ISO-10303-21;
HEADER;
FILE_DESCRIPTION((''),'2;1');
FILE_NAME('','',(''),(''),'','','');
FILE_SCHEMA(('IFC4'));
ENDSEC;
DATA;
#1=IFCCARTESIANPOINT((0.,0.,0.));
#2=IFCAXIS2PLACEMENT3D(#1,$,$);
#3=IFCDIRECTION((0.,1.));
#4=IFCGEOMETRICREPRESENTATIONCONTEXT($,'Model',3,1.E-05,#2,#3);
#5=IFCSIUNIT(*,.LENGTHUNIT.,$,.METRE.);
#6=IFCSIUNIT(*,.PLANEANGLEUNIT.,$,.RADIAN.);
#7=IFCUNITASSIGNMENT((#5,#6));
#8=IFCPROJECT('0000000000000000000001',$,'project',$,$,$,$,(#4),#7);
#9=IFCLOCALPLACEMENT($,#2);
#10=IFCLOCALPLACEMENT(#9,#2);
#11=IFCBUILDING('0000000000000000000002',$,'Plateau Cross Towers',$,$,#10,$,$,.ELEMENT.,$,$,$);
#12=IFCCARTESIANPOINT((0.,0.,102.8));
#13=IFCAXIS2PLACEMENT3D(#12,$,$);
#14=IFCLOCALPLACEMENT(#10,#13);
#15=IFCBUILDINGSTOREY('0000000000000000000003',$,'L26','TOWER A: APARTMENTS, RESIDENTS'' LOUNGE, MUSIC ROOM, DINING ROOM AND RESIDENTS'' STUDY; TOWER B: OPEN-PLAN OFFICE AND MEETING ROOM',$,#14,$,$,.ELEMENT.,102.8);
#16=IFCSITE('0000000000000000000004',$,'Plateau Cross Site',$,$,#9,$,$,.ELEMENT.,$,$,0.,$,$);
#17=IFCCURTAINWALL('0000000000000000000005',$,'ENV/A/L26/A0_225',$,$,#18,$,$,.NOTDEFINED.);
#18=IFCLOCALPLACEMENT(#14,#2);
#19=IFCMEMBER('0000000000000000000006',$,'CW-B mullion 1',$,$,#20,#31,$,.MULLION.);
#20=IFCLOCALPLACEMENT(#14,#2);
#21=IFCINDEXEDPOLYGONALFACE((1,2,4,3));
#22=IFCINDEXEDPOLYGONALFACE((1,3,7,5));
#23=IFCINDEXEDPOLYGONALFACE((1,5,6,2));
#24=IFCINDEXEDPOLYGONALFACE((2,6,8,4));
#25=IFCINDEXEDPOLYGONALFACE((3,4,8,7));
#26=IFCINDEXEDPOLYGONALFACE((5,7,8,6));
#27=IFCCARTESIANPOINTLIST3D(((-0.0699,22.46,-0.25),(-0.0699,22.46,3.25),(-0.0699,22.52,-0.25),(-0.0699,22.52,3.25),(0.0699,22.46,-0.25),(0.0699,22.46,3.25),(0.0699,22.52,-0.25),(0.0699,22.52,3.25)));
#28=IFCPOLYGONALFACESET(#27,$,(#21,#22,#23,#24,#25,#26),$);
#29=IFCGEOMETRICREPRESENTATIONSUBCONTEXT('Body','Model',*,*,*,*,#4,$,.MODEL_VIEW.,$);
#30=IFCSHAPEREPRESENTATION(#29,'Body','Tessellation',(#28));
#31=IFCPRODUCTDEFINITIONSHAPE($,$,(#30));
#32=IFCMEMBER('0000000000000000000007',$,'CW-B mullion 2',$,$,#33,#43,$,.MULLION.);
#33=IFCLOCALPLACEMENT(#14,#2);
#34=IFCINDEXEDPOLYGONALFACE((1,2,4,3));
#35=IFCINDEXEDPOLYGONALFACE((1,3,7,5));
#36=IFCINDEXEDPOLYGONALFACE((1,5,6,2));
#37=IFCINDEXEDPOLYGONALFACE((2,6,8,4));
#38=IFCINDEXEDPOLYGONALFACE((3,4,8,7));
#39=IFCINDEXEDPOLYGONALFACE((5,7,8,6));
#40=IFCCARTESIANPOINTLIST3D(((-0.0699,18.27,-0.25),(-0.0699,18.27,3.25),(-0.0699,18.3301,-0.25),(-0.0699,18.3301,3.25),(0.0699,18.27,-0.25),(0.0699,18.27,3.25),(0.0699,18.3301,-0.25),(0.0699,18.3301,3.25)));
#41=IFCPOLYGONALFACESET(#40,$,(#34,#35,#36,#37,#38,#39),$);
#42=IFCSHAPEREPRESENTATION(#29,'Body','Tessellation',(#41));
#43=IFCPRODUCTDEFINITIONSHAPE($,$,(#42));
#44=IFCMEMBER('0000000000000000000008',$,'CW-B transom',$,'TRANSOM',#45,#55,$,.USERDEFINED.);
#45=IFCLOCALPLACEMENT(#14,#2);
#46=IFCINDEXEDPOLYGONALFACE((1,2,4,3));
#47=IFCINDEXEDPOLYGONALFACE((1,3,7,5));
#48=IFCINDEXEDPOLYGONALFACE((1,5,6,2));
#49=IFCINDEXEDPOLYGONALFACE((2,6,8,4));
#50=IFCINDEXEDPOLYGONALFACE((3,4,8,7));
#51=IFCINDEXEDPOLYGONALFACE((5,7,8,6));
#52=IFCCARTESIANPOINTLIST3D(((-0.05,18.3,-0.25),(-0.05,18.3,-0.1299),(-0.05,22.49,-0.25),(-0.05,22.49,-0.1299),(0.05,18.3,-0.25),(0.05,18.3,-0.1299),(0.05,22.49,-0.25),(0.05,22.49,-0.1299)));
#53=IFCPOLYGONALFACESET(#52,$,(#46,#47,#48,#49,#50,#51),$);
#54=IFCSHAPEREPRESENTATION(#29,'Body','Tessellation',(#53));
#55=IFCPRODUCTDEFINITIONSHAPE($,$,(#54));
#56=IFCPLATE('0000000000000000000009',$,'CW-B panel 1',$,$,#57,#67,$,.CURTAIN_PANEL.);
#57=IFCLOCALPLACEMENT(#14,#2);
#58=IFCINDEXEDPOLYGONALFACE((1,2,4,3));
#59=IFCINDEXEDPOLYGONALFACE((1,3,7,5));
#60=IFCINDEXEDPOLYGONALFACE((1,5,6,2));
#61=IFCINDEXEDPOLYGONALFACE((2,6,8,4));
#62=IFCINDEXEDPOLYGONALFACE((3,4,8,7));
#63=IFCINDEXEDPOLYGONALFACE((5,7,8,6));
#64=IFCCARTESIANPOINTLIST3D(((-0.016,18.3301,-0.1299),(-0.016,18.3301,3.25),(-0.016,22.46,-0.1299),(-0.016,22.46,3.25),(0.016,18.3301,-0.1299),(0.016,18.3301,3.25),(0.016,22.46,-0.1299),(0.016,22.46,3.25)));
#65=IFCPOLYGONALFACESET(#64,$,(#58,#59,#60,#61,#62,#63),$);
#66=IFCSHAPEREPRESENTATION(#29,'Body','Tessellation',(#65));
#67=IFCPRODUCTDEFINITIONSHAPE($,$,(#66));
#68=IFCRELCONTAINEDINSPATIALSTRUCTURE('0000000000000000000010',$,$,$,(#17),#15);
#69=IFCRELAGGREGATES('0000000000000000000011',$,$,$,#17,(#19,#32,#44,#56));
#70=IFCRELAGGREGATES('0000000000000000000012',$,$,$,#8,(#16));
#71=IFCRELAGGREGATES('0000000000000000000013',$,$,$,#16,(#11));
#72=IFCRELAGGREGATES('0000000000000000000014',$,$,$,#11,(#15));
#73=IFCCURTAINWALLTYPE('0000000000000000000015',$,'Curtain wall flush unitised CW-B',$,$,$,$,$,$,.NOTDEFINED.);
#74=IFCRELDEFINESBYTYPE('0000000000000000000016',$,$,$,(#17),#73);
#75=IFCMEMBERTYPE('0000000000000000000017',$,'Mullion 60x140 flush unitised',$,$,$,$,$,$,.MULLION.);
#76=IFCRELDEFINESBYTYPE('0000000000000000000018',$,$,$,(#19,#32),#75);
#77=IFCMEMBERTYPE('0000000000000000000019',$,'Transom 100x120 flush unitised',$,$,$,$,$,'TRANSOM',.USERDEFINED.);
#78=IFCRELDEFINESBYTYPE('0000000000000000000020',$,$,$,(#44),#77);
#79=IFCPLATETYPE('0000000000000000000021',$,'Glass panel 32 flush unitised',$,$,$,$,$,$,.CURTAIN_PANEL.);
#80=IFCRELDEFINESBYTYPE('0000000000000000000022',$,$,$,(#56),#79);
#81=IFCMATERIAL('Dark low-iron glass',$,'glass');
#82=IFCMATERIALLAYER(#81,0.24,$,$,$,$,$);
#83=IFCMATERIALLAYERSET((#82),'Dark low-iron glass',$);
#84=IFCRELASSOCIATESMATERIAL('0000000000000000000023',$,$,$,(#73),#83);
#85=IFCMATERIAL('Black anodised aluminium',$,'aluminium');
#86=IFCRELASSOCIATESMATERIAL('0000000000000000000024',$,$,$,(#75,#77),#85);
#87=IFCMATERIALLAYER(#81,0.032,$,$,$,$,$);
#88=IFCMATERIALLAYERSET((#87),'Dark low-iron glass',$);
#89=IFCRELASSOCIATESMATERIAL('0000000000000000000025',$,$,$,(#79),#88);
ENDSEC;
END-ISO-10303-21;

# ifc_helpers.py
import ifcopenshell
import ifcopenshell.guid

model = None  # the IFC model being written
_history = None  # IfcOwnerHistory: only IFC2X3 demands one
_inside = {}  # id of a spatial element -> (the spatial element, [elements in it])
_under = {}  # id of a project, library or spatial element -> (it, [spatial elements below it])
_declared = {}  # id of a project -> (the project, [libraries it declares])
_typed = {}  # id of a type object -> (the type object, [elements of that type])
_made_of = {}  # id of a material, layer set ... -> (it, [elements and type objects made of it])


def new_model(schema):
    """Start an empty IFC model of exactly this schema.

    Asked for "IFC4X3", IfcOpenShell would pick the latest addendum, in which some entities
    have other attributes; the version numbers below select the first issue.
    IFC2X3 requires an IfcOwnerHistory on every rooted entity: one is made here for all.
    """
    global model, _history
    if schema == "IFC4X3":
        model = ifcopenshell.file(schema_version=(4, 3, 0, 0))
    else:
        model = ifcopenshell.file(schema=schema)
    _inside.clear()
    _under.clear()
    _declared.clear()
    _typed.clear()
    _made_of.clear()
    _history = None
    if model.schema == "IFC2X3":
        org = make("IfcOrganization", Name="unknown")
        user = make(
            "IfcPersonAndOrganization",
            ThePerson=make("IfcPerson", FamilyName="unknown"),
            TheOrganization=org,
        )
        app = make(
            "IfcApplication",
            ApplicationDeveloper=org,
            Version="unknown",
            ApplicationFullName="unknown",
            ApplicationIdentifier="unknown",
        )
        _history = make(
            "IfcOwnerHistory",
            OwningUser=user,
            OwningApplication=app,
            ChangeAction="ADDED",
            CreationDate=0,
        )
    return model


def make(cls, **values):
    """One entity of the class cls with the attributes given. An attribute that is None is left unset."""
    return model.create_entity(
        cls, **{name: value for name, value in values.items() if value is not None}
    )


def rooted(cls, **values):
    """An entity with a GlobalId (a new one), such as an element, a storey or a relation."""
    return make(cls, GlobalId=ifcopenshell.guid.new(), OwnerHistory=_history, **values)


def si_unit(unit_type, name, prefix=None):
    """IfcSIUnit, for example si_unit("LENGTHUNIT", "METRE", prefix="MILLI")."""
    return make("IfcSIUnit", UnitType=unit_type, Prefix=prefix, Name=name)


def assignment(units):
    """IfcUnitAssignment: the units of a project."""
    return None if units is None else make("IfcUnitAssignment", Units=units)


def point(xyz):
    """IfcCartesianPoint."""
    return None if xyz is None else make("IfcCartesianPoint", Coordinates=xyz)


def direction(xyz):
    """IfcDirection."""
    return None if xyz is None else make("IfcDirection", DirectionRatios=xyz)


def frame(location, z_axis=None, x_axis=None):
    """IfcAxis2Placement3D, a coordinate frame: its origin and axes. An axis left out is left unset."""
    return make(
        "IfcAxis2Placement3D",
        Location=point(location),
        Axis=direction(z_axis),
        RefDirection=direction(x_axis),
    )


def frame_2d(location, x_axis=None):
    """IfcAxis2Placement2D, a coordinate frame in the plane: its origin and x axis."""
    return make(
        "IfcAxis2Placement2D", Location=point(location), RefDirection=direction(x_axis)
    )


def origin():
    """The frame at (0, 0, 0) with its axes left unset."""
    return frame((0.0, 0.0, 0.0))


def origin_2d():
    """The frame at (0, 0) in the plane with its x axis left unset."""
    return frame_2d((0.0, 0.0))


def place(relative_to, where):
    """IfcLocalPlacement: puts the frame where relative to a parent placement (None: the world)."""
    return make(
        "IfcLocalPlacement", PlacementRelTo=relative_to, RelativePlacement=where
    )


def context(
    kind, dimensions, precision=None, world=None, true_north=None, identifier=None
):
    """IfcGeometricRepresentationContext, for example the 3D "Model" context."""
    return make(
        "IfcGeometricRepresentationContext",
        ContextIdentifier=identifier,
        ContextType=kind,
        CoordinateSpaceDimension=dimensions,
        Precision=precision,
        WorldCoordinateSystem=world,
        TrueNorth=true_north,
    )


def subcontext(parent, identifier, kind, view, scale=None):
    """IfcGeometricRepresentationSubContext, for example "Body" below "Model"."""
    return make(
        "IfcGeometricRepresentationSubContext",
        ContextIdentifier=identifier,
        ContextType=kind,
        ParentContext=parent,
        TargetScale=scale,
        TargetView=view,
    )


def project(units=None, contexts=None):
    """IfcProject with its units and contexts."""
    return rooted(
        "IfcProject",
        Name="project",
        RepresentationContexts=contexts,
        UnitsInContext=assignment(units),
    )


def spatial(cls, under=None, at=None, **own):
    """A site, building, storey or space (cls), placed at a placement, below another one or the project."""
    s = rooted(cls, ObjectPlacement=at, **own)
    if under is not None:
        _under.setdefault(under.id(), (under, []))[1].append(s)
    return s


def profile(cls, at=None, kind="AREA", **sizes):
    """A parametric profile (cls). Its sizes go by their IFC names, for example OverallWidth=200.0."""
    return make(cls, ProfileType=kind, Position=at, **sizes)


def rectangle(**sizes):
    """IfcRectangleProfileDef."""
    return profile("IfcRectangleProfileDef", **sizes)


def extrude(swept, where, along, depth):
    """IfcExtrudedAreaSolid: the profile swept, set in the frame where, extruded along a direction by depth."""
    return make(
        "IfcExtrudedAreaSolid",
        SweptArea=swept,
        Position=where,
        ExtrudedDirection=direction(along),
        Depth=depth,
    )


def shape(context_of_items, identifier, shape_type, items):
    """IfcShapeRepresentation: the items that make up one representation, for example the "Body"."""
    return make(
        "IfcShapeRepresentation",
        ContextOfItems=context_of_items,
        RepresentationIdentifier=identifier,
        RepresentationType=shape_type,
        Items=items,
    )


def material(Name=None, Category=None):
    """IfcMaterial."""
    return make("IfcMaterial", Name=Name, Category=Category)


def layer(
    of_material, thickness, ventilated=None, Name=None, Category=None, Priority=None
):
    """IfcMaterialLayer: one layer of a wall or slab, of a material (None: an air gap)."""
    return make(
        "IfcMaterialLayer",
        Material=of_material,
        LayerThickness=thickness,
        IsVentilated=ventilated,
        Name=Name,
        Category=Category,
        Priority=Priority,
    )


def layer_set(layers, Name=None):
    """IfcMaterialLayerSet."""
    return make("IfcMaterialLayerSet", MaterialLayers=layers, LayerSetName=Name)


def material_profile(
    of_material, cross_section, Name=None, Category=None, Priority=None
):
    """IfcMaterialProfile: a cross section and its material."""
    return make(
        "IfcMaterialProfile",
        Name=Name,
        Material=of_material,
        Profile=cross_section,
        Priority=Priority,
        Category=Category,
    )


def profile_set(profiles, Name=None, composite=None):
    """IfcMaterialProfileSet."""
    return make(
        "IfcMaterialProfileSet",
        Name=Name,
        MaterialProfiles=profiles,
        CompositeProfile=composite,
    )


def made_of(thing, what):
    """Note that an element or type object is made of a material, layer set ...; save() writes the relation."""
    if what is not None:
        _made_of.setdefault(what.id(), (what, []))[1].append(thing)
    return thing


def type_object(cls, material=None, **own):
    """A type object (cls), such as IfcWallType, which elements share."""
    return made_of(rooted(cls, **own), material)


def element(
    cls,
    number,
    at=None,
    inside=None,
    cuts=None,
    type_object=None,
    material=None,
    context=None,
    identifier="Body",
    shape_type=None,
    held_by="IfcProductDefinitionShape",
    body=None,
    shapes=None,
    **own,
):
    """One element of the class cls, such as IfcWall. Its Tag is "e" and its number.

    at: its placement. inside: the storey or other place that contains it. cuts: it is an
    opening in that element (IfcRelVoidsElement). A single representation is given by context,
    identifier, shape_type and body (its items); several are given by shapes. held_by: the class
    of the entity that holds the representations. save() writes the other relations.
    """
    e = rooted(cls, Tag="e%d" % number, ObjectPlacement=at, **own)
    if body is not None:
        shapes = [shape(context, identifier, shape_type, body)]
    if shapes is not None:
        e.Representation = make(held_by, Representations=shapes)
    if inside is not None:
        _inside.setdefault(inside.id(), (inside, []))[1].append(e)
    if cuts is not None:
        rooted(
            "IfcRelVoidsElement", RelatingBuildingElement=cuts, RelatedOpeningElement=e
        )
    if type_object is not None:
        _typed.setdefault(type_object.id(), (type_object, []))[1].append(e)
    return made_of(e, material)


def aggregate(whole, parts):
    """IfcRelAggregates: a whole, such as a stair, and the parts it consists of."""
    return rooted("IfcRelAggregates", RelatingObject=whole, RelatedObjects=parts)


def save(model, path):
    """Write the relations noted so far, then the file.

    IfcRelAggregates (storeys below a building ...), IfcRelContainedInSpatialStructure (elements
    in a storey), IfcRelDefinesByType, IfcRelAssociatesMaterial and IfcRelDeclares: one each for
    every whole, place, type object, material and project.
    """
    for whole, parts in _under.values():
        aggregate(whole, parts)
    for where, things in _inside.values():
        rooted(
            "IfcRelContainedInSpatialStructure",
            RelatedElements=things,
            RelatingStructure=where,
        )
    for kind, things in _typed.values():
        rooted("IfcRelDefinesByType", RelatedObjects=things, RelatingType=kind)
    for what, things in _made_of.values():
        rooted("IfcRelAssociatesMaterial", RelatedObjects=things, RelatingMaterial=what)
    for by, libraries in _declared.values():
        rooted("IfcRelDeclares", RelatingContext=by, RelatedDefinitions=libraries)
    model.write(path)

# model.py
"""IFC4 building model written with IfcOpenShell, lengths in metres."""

from ifc_helpers import new_model, si_unit, direction, frame, origin, origin_2d, place, context, subcontext, project, spatial, rectangle, extrude, material, layer, layer_set, material_profile, profile_set, type_object, element, aggregate, save


model = new_model("IFC4")

# Units and contexts
model_context = context("Model", 3, precision=1e-05, world=origin(), true_north=direction((0.0, 1.0)))
body_context = subcontext(model_context, "Body", "Model", "MODEL_VIEW")
ifc_project = project(units=[si_unit("LENGTHUNIT", "METRE"), si_unit("PLANEANGLEUNIT", "RADIAN")], contexts=[model_context])

# Site, building, storey
site_placement = place(None, origin())
site = spatial("IfcSite", under=ifc_project, at=site_placement, Name="Plateau Cross Site", CompositionType="ELEMENT", RefElevation=0.0)
building_placement = place(site_placement, origin())
building = spatial("IfcBuilding", under=site, at=building_placement, Name="Plateau Cross Towers", CompositionType="ELEMENT")
storey_placement = place(building_placement, frame((0.0, 0.0, 102.8)))
storey = spatial("IfcBuildingStorey", under=building, at=storey_placement, Name="L26", Description="TOWER A: APARTMENTS, RESIDENTS' LOUNGE, MUSIC ROOM, DINING ROOM AND RESIDENTS' STUDY; TOWER B: OPEN-PLAN OFFICE AND MEETING ROOM", CompositionType="ELEMENT", Elevation=102.8)

# Curtain wall, members, plate
ifc_material_1 = material(Name="Dark low-iron glass", Category="glass")
ifc_layer_1 = layer(ifc_material_1, 0.24)
ifc_layer_set_1 = layer_set([ifc_layer_1], Name="Dark low-iron glass")
curtain_wall_type = type_object("IfcCurtainWallType", Name="Curtain wall flush unitised CW-B", PredefinedType="NOTDEFINED", material=ifc_layer_set_1)
curtain_wall_placement = place(storey_placement, origin())
curtain_wall = element("IfcCurtainWall", 1, at=curtain_wall_placement, inside=storey, type_object=curtain_wall_type, Name="ENV/A/L26/A0_225", PredefinedType="NOTDEFINED")
ifc_material_2 = material(Name="Black anodised aluminium", Category="aluminium")
ifc_material_profile_1 = material_profile(ifc_material_2, rectangle(XDim=0.0601, YDim=0.1399, at=origin_2d()), Name="MULLION 60x140")
ifc_profile_set_1 = profile_set([ifc_material_profile_1], Name="Black anodised aluminium")
member_type_1 = type_object("IfcMemberType", Name="Mullion 60x140 flush unitised", PredefinedType="MULLION", material=ifc_profile_set_1)
member_1_placement = place(storey_placement, frame((0.0, 22.49, -0.25), z_axis=(0.0, 0.0, 1.0), x_axis=(0.0, -1.0, 0.0)))
member_1 = element("IfcMember", 2, at=member_1_placement, type_object=member_type_1, Name="CW-B mullion 1", PredefinedType="MULLION", context=body_context, shape_type="SweptSolid", body=[
    extrude(rectangle(XDim=0.0601, YDim=0.1399, at=origin_2d()), origin(), (0.0, 0.0, 1.0), 3.5),
])
member_2_placement = place(storey_placement, frame((0.0, 18.3, -0.25), z_axis=(0.0, 0.0, 1.0), x_axis=(0.0, -1.0, 0.0)))
member_2 = element("IfcMember", 3, at=member_2_placement, type_object=member_type_1, Name="CW-B mullion 2", PredefinedType="MULLION", context=body_context, shape_type="SweptSolid", body=[
    extrude(rectangle(XDim=0.0601, YDim=0.1399, at=origin_2d()), origin(), (0.0, 0.0, 1.0), 3.5),
])
ifc_material_profile_2 = material_profile(ifc_material_2, rectangle(XDim=0.1001, YDim=0.1201, at=origin_2d()), Name="TRANSOM 100x120")
ifc_profile_set_2 = profile_set([ifc_material_profile_2], Name="Black anodised aluminium")
member_type_2 = type_object("IfcMemberType", Name="Transom 100x120 flush unitised", ElementType="TRANSOM", PredefinedType="USERDEFINED", material=ifc_profile_set_2)
member_3_placement = place(storey_placement, frame((0.0, 22.49, -0.1899), z_axis=(0.0, -1.0, 0.0), x_axis=(1.0, 0.0, 0.0)))
member_3 = element("IfcMember", 4, at=member_3_placement, type_object=member_type_2, Name="CW-B transom", ObjectType="TRANSOM", PredefinedType="USERDEFINED", context=body_context, shape_type="SweptSolid", body=[
    extrude(rectangle(XDim=0.1001, YDim=0.1201, at=origin_2d()), origin(), (0.0, 0.0, 1.0), 4.1899),
])
ifc_layer_2 = layer(ifc_material_1, 0.032)
ifc_layer_set_2 = layer_set([ifc_layer_2], Name="Dark low-iron glass")
plate_type = type_object("IfcPlateType", Name="Glass panel 32 flush unitised", PredefinedType="CURTAIN_PANEL", material=ifc_layer_set_2)
plate_placement = place(storey_placement, frame((0.0, 20.395, -0.1299), z_axis=(0.0, 0.0, 1.0), x_axis=(0.0, -1.0, 0.0)))
plate = element("IfcPlate", 5, at=plate_placement, type_object=plate_type, Name="CW-B panel 1", PredefinedType="CURTAIN_PANEL", context=body_context, shape_type="SweptSolid", body=[
    extrude(rectangle(XDim=4.1299, YDim=0.032, at=origin_2d()), origin(), (0.0, 0.0, 1.0), 3.3799),
])
aggregate(curtain_wall, [member_1, member_2, member_3, plate])

save(model, "model.ifc")
